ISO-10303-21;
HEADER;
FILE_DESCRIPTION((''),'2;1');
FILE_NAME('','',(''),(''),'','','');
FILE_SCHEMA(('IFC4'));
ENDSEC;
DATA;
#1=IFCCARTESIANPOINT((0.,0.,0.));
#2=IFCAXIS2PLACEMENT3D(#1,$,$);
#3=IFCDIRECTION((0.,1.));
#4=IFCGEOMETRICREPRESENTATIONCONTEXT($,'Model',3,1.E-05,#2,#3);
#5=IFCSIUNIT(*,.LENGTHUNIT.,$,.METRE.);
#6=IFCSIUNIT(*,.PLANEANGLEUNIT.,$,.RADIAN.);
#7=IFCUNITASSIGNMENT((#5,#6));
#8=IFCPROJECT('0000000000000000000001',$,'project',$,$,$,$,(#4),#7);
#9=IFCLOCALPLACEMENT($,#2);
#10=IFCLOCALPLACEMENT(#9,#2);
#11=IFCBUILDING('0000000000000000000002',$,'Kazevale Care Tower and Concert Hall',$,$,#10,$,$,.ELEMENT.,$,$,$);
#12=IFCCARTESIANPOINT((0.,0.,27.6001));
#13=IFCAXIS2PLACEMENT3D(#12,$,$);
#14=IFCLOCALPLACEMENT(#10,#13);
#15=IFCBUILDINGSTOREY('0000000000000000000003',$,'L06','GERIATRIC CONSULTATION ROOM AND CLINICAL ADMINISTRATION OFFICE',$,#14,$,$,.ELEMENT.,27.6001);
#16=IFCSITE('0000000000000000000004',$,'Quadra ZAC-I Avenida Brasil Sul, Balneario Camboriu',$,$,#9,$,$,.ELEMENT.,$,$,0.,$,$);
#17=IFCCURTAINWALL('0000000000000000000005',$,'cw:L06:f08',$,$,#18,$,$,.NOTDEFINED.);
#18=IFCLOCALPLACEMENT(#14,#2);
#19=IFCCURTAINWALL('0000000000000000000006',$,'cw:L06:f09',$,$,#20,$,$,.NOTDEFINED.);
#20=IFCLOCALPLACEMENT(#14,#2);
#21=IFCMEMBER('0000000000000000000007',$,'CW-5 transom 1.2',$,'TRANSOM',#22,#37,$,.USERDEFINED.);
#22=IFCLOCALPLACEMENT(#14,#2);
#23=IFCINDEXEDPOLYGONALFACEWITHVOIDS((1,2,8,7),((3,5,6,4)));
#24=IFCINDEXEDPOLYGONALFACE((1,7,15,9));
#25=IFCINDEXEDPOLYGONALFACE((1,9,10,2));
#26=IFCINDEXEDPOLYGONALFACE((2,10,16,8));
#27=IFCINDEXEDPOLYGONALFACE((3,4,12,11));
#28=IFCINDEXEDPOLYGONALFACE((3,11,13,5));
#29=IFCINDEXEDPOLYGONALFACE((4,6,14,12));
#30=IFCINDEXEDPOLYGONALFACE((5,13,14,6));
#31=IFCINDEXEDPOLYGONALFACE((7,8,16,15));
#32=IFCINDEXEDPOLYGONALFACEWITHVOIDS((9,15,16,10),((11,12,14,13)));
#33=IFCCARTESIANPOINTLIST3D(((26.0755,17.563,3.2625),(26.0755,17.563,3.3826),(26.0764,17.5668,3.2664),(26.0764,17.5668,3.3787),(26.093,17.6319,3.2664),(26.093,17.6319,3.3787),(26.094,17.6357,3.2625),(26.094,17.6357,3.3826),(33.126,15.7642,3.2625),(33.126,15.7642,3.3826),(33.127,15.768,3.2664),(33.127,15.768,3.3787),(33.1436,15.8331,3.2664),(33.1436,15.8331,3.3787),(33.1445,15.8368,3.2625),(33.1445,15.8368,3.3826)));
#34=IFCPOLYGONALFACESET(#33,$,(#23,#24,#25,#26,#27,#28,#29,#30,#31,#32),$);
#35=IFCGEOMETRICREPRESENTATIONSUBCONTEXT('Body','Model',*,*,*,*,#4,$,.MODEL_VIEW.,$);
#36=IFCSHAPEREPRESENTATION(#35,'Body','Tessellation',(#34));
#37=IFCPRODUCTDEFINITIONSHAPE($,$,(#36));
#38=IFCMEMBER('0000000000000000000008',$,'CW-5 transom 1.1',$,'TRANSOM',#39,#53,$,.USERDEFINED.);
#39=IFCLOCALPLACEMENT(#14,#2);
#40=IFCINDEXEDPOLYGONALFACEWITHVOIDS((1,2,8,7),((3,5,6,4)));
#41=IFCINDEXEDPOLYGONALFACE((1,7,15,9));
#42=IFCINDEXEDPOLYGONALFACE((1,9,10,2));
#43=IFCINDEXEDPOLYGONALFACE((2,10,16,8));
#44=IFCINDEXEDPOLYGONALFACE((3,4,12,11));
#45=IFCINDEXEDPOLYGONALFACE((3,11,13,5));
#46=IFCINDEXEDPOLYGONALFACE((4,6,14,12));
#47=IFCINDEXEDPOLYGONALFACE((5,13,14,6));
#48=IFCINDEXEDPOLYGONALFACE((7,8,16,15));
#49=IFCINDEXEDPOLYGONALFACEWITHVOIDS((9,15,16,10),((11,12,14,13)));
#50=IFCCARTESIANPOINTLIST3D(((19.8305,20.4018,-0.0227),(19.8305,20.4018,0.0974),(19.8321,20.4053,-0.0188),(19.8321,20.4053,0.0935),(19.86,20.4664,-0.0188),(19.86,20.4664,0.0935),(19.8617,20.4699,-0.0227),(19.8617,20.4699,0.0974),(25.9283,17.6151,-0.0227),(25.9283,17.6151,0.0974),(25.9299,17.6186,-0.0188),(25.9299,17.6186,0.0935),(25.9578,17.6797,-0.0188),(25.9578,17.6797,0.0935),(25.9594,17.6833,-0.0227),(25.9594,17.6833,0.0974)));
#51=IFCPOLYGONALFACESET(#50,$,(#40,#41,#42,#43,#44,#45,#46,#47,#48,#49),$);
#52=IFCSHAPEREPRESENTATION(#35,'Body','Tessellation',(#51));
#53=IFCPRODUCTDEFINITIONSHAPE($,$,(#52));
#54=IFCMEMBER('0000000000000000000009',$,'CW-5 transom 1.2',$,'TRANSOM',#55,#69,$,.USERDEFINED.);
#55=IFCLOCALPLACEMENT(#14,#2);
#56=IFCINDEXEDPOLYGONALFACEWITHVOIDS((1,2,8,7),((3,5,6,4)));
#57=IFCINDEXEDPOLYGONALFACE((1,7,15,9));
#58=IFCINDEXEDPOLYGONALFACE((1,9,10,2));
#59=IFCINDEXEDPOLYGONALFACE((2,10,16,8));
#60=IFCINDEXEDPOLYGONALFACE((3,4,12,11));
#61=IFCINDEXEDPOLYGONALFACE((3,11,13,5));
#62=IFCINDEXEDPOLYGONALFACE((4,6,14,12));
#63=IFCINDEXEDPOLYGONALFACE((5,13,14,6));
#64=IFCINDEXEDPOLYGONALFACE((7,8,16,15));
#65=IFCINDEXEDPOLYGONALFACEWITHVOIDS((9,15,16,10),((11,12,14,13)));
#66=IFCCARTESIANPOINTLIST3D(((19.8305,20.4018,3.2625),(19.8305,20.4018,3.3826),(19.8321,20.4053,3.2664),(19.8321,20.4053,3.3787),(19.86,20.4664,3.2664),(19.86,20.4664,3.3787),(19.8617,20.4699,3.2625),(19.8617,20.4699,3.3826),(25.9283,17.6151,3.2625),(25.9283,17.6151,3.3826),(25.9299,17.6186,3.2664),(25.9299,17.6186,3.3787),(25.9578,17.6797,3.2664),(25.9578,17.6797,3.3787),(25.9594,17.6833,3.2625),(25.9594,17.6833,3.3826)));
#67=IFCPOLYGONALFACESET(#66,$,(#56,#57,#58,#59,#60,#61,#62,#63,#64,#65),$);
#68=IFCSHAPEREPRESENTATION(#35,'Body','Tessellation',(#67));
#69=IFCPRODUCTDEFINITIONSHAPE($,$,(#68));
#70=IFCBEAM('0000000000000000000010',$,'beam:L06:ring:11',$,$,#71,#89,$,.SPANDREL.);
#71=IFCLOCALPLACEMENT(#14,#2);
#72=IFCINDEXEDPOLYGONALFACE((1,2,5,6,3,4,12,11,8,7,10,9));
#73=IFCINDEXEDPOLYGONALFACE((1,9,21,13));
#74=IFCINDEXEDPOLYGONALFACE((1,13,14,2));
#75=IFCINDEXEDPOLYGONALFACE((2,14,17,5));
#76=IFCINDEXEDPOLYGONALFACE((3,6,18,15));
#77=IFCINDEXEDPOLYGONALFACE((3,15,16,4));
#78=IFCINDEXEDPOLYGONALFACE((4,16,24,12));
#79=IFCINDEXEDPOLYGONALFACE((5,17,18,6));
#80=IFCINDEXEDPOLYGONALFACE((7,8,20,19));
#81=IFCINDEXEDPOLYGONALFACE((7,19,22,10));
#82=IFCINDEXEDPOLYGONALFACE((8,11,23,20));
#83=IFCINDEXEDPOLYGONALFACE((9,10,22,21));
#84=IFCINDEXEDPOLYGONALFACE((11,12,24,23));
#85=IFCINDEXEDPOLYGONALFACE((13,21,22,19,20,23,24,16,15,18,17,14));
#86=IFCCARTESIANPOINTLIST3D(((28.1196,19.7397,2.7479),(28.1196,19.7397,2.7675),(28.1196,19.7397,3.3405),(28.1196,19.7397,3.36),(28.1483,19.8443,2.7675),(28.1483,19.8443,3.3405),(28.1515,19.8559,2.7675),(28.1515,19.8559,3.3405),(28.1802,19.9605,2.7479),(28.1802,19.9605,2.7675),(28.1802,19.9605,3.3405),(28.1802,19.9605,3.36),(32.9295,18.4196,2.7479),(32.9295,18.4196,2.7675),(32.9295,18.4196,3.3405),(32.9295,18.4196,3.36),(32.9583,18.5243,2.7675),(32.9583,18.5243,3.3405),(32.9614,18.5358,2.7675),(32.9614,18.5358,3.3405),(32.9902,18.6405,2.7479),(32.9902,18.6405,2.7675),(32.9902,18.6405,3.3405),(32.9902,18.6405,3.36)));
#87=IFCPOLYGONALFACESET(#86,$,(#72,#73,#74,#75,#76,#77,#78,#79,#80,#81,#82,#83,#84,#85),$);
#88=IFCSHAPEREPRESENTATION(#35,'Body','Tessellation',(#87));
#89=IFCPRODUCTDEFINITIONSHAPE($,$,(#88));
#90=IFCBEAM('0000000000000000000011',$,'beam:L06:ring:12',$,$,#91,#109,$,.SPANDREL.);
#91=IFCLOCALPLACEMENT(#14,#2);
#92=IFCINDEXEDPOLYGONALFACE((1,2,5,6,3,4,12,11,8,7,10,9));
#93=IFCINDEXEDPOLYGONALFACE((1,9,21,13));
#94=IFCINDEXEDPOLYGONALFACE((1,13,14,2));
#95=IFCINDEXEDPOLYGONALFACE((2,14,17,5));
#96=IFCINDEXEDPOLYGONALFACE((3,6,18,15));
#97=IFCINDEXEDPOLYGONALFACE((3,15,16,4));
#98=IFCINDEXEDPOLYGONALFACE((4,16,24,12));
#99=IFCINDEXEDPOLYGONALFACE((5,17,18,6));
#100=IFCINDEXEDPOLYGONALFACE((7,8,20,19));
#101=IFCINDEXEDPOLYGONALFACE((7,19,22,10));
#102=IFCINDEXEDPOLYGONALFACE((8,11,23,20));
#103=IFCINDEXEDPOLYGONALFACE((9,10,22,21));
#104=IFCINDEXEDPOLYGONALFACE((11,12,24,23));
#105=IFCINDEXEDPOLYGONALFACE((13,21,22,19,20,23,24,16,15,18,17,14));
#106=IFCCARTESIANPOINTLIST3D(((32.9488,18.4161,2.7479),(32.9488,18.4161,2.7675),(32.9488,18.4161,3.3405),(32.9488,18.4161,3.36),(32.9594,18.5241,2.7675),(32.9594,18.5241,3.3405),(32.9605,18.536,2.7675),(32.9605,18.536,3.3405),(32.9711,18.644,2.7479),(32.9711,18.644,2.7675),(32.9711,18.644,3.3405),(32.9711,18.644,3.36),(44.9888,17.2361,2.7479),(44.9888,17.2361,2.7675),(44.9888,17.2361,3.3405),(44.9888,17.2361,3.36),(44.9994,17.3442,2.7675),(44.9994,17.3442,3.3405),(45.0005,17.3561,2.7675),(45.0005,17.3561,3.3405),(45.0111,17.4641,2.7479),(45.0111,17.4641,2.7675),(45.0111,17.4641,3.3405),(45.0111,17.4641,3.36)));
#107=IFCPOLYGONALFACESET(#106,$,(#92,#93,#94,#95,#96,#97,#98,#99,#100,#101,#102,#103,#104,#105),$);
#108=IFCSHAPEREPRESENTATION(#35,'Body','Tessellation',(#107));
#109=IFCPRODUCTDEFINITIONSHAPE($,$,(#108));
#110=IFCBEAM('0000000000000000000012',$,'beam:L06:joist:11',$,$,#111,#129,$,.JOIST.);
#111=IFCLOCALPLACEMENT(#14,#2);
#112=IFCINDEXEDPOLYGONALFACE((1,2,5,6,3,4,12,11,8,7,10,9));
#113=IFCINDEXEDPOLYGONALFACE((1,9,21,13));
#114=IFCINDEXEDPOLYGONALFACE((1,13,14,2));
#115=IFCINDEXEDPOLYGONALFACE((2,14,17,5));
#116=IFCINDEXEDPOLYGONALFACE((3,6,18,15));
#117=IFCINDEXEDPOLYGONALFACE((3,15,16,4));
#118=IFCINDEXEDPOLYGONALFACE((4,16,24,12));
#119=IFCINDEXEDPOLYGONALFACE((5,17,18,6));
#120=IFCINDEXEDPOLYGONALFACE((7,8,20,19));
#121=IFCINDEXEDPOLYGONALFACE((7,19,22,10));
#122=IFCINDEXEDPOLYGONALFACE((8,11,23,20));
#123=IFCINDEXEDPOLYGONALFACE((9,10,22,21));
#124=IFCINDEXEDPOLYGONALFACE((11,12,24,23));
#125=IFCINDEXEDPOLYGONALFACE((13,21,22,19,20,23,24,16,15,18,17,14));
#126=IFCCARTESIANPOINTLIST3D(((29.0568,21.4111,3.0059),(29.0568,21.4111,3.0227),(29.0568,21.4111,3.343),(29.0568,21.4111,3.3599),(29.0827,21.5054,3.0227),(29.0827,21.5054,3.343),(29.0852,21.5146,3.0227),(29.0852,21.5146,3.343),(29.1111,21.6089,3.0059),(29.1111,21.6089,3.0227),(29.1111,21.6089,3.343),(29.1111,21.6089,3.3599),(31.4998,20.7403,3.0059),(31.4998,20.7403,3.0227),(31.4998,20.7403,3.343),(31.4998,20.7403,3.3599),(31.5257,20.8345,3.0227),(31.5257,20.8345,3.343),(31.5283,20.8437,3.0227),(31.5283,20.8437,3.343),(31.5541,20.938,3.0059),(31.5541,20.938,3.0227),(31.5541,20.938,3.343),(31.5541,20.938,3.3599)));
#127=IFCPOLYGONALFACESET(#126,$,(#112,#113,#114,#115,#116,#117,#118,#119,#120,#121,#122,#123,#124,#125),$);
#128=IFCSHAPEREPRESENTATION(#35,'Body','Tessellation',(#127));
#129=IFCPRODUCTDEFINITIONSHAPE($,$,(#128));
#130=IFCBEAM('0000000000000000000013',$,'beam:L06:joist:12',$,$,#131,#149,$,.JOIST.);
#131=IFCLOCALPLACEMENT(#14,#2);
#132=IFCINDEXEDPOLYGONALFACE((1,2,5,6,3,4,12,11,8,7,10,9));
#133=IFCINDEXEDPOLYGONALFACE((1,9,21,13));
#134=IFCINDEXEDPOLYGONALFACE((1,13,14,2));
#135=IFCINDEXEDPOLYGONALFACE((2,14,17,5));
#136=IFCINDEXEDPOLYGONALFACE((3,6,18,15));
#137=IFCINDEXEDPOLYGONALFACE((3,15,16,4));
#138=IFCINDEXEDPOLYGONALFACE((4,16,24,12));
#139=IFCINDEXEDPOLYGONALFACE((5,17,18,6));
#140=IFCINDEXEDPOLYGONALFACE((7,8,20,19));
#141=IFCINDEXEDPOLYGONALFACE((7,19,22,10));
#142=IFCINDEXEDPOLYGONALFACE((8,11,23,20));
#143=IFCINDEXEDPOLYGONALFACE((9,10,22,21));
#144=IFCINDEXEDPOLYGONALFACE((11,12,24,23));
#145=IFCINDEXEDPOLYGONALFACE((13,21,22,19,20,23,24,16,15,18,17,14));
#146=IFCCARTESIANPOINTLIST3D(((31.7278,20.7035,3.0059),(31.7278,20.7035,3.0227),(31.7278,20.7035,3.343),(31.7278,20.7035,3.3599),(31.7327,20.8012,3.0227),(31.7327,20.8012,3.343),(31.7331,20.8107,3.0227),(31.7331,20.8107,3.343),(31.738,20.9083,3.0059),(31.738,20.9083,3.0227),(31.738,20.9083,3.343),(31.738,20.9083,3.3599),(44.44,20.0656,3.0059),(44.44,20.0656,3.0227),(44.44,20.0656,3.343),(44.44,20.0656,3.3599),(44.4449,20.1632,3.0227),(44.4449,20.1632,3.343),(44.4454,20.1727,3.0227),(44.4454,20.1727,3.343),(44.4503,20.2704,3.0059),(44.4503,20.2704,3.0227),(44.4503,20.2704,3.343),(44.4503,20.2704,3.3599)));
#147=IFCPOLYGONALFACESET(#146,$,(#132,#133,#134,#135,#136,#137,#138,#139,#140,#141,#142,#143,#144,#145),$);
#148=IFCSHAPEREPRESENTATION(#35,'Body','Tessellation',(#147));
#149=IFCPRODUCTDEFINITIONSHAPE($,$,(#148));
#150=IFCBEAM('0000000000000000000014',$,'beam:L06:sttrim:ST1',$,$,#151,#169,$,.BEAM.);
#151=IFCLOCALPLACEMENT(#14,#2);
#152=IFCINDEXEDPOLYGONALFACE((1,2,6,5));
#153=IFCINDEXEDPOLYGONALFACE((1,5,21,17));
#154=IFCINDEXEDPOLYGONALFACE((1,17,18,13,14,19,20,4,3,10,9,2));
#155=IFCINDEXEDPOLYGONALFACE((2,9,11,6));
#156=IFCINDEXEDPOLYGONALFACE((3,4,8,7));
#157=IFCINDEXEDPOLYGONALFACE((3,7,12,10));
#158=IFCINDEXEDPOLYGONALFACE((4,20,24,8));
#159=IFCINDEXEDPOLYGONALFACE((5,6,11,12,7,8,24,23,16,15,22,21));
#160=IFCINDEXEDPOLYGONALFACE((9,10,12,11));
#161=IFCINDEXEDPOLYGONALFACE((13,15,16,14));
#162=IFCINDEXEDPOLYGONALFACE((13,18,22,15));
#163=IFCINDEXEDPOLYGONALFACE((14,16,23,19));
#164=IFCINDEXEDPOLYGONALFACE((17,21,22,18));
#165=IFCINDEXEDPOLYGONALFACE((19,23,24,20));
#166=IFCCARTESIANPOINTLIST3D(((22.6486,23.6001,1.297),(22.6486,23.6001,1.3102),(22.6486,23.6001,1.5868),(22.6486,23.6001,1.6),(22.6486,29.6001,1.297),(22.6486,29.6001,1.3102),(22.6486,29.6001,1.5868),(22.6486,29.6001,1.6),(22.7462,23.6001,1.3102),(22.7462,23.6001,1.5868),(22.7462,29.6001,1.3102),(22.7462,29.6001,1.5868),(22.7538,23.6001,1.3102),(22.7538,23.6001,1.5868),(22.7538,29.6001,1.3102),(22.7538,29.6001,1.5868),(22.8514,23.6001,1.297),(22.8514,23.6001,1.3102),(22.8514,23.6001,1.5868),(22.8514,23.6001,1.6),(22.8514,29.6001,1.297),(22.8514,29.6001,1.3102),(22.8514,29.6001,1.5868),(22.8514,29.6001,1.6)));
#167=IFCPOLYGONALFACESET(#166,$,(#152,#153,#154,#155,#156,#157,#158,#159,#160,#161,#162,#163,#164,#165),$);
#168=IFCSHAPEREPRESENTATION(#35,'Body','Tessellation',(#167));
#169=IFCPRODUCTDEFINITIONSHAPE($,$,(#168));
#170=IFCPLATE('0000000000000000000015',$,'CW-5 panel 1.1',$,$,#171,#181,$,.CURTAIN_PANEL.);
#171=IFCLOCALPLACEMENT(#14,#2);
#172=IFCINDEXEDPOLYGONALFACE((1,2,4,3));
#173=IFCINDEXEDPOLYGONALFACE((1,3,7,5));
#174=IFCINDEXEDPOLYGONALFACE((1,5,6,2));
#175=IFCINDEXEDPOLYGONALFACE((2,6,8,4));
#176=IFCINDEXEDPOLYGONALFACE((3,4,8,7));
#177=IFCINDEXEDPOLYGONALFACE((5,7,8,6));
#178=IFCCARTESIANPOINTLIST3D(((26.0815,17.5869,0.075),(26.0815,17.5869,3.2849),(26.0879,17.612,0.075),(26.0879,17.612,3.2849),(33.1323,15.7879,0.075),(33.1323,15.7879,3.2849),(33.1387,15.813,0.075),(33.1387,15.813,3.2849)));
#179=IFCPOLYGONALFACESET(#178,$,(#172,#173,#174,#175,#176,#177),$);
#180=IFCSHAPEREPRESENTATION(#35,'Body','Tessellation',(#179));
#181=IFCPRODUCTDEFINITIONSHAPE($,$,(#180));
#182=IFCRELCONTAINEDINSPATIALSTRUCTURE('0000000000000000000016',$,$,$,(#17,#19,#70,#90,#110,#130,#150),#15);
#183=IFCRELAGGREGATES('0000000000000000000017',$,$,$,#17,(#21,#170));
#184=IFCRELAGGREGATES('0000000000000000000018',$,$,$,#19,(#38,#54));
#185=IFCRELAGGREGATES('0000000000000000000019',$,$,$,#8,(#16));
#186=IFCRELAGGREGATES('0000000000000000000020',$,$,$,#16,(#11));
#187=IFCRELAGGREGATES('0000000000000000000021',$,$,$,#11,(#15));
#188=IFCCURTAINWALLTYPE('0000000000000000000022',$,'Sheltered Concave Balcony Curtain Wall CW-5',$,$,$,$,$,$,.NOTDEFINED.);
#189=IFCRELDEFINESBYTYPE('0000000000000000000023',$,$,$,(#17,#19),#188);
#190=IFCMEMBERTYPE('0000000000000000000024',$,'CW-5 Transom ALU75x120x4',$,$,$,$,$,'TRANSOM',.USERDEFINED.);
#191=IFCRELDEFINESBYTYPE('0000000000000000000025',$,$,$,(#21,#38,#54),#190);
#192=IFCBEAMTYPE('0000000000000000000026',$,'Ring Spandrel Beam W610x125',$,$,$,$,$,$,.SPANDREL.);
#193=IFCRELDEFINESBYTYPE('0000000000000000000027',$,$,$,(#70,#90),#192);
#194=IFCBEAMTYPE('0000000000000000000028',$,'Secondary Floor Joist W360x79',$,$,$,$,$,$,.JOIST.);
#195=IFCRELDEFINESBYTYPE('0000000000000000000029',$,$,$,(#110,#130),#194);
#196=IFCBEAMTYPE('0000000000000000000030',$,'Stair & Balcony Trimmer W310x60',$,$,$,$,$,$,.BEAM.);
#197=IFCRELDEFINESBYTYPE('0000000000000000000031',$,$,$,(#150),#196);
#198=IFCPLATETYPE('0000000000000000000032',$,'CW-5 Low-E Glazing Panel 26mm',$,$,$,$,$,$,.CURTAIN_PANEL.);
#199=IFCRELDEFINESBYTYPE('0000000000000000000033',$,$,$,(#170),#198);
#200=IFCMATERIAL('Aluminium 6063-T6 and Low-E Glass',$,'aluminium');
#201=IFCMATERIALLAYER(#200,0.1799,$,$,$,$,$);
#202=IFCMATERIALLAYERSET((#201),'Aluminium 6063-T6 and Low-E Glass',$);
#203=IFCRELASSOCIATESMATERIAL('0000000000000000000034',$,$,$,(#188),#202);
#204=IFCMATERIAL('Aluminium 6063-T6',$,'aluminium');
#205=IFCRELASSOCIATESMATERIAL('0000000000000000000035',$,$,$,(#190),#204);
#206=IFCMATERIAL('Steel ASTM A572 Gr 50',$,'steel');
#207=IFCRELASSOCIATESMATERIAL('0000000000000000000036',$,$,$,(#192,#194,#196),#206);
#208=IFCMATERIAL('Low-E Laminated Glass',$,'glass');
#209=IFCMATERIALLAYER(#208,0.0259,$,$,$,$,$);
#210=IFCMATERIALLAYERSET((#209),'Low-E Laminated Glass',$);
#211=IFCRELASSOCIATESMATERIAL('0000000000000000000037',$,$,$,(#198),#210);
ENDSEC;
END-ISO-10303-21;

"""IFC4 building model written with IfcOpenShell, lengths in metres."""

from ifc_helpers import new_model, si_unit, direction, frame, origin, origin_2d, place, context, subcontext, project, spatial, rectangle, hollow_rectangle, i_section, extrude, material, layer, layer_set, material_profile, profile_set, type_object, element, aggregate, save


model = new_model("IFC4")

# Units and contexts
model_context = context("Model", 3, precision=1e-05, world=origin(), true_north=direction((0.0, 1.0)))
body_context = subcontext(model_context, "Body", "Model", "MODEL_VIEW")
ifc_project = project(units=[si_unit("LENGTHUNIT", "METRE"), si_unit("PLANEANGLEUNIT", "RADIAN")], contexts=[model_context])

# Site, building, storey
site_placement = place(None, origin())
site = spatial("IfcSite", under=ifc_project, at=site_placement, Name="Quadra ZAC-I Avenida Brasil Sul, Balneario Camboriu", CompositionType="ELEMENT", RefElevation=0.0)
building_placement = place(site_placement, origin())
building = spatial("IfcBuilding", under=site, at=building_placement, Name="Kazevale Care Tower and Concert Hall", CompositionType="ELEMENT")
storey_placement = place(building_placement, frame((0.0, 0.0, 27.6001)))
storey = spatial("IfcBuildingStorey", under=building, at=storey_placement, Name="L06", Description="GERIATRIC CONSULTATION ROOM AND CLINICAL ADMINISTRATION OFFICE", CompositionType="ELEMENT", Elevation=27.6001)

# Shared definitions
ifc_material_1 = material(Name="Aluminium 6063-T6 and Low-E Glass", Category="aluminium")
ifc_layer_1 = layer(ifc_material_1, 0.1799)
ifc_layer_set_1 = layer_set([ifc_layer_1], Name="Aluminium 6063-T6 and Low-E Glass")
curtain_wall_type = type_object("IfcCurtainWallType", Name="Sheltered Concave Balcony Curtain Wall CW-5", PredefinedType="NOTDEFINED", material=ifc_layer_set_1)
ifc_material_2 = material(Name="Aluminium 6063-T6", Category="aluminium")

# Curtain wall
curtain_wall_1_placement = place(storey_placement, origin())
curtain_wall_1 = element("IfcCurtainWall", 1, at=curtain_wall_1_placement, inside=storey, type_object=curtain_wall_type, Name="cw:L06:f08", PredefinedType="NOTDEFINED")

# Curtain wall
curtain_wall_2_placement = place(storey_placement, origin())
curtain_wall_2 = element("IfcCurtainWall", 2, at=curtain_wall_2_placement, inside=storey, type_object=curtain_wall_type, Name="cw:L06:f09", PredefinedType="NOTDEFINED")

# Members
ifc_material_profile_1 = material_profile(ifc_material_2, hollow_rectangle(XDim=0.075, YDim=0.1201, WallThickness=0.0039, at=origin_2d()), Name="ALU75x120x4")
ifc_profile_set_1 = profile_set([ifc_material_profile_1], Name="Aluminium 6063-T6")
member_type_1 = type_object("IfcMemberType", Name="CW-5 Transom ALU75x120x4", ElementType="TRANSOM", PredefinedType="USERDEFINED", material=ifc_profile_set_1)
member_1_placement = place(storey_placement, frame((33.1353, 15.8005, 3.3225), z_axis=(-0.968961, 0.247214, 0.0), x_axis=(-0.247214, -0.968961, 0.0)))
member_1 = element("IfcMember", 3, at=member_1_placement, type_object=member_type_1, Name="CW-5 transom 1.2", ObjectType="TRANSOM", PredefinedType="USERDEFINED", context=body_context, shape_type="SweptSolid", body=[
    extrude(hollow_rectangle(XDim=0.075, YDim=0.1201, WallThickness=0.0039, at=origin_2d()), origin(), (0.0, 0.0, 1.0), 7.2764),
])
member_2_placement = place(storey_placement, frame((25.9438, 17.6492, 0.0374), z_axis=(-0.909524, 0.415651, 0.0), x_axis=(-0.415651, -0.909524, 0.0)))
member_2 = element("IfcMember", 4, at=member_2_placement, type_object=member_type_1, Name="CW-5 transom 1.1", ObjectType="TRANSOM", PredefinedType="USERDEFINED", context=body_context, shape_type="SweptSolid", body=[
    extrude(hollow_rectangle(XDim=0.075, YDim=0.1201, WallThickness=0.0039, at=origin_2d()), origin(), (0.0, 0.0, 1.0), 6.7043),
])
member_3_placement = place(storey_placement, frame((25.9438, 17.6492, 3.3225), z_axis=(-0.909524, 0.415651, 0.0), x_axis=(-0.415651, -0.909524, 0.0)))
member_3 = element("IfcMember", 5, at=member_3_placement, type_object=member_type_1, Name="CW-5 transom 1.2", ObjectType="TRANSOM", PredefinedType="USERDEFINED", context=body_context, shape_type="SweptSolid", body=[
    extrude(hollow_rectangle(XDim=0.075, YDim=0.1201, WallThickness=0.0039, at=origin_2d()), origin(), (0.0, 0.0, 1.0), 6.7043),
])

# Beams
ifc_material_3 = material(Name="Steel ASTM A572 Gr 50", Category="steel")
ifc_material_profile_2 = material_profile(ifc_material_3, i_section(OverallWidth=0.229, OverallDepth=0.6121, WebThickness=0.012, FlangeThickness=0.0195, at=origin_2d()), Name="W610x125")
ifc_profile_set_2 = profile_set([ifc_material_profile_2], Name="Steel ASTM A572 Gr 50")
beam_type_1 = type_object("IfcBeamType", Name="Ring Spandrel Beam W610x125", PredefinedType="SPANDREL", material=ifc_profile_set_2)
beam_1_placement = place(storey_placement, frame((28.1499, 19.8501, 3.054), z_axis=(0.964344, -0.264654, 0.0), x_axis=(0.264654, 0.964344, 0.0)))
element("IfcBeam", 6, at=beam_1_placement, inside=storey, type_object=beam_type_1, Name="beam:L06:ring:11", PredefinedType="SPANDREL", context=body_context, shape_type="SweptSolid", body=[
    extrude(i_section(OverallWidth=0.229, OverallDepth=0.6121, WebThickness=0.012, FlangeThickness=0.0195, at=origin_2d()), origin(), (0.0, 0.0, 1.0), 4.9878),
])
beam_2_placement = place(storey_placement, frame((32.96, 18.53, 3.054), z_axis=(0.995232, -0.097533, 0.0), x_axis=(0.097533, 0.995232, 0.0)))
element("IfcBeam", 7, at=beam_2_placement, inside=storey, type_object=beam_type_1, Name="beam:L06:ring:12", PredefinedType="SPANDREL", context=body_context, shape_type="SweptSolid", body=[
    extrude(i_section(OverallWidth=0.229, OverallDepth=0.6121, WebThickness=0.012, FlangeThickness=0.0195, at=origin_2d()), origin(), (0.0, 0.0, 1.0), 12.0977),
])
ifc_material_profile_3 = material_profile(ifc_material_3, i_section(OverallWidth=0.2051, OverallDepth=0.354, WebThickness=0.0095, FlangeThickness=0.0168, at=origin_2d()), Name="W360x79")
ifc_profile_set_3 = profile_set([ifc_material_profile_3], Name="Steel ASTM A572 Gr 50")
beam_type_2 = type_object("IfcBeamType", Name="Secondary Floor Joist W360x79", PredefinedType="JOIST", material=ifc_profile_set_3)
beam_3_placement = place(storey_placement, frame((29.084, 21.51, 3.1829), z_axis=(0.964302, -0.264805, 0.0), x_axis=(0.264805, 0.964302, 0.0)))
element("IfcBeam", 8, at=beam_3_placement, inside=storey, type_object=beam_type_2, Name="beam:L06:joist:11", PredefinedType="JOIST", context=body_context, shape_type="SweptSolid", body=[
    extrude(i_section(OverallWidth=0.2051, OverallDepth=0.354, WebThickness=0.0095, FlangeThickness=0.0168, at=origin_2d()), origin(), (0.0, 0.0, 1.0), 2.5334),
])
beam_4_placement = place(storey_placement, frame((31.7329, 20.8059, 3.1829), z_axis=(0.998743, -0.05012, 0.0), x_axis=(0.05012, 0.998743, 0.0)))
element("IfcBeam", 9, at=beam_4_placement, inside=storey, type_object=beam_type_2, Name="beam:L06:joist:12", PredefinedType="JOIST", context=body_context, shape_type="SweptSolid", body=[
    extrude(i_section(OverallWidth=0.2051, OverallDepth=0.354, WebThickness=0.0095, FlangeThickness=0.0168, at=origin_2d()), origin(), (0.0, 0.0, 1.0), 12.7283),
])
ifc_material_profile_4 = material_profile(ifc_material_3, i_section(OverallWidth=0.2029, OverallDepth=0.303, WebThickness=0.0076, FlangeThickness=0.0132, at=origin_2d()), Name="W310x60")
ifc_profile_set_4 = profile_set([ifc_material_profile_4], Name="Steel ASTM A572 Gr 50")
beam_type_3 = type_object("IfcBeamType", Name="Stair & Balcony Trimmer W310x60", PredefinedType="BEAM", material=ifc_profile_set_4)
beam_5_placement = place(storey_placement, frame((22.75, 23.6001, 1.4485), z_axis=(0.0, 1.0, 0.0), x_axis=(-1.0, 0.0, 0.0)))
element("IfcBeam", 10, at=beam_5_placement, inside=storey, type_object=beam_type_3, Name="beam:L06:sttrim:ST1", PredefinedType="BEAM", context=body_context, shape_type="SweptSolid", body=[
    extrude(i_section(OverallWidth=0.2029, OverallDepth=0.303, WebThickness=0.0076, FlangeThickness=0.0132, at=origin_2d()), origin(), (0.0, 0.0, 1.0), 6.0),
])

# Plate
ifc_material_4 = material(Name="Low-E Laminated Glass", Category="glass")
ifc_layer_2 = layer(ifc_material_4, 0.0259)
ifc_layer_set_2 = layer_set([ifc_layer_2], Name="Low-E Laminated Glass")
plate_type = type_object("IfcPlateType", Name="CW-5 Low-E Glazing Panel 26mm", PredefinedType="CURTAIN_PANEL", material=ifc_layer_set_2)
plate_1_placement = place(storey_placement, frame((29.6101, 16.7, 0.075), z_axis=(0.0, 0.0, 1.0), x_axis=(-0.968959, 0.247222, 0.0)))
plate_1 = element("IfcPlate", 11, at=plate_1_placement, type_object=plate_type, Name="CW-5 panel 1.1", PredefinedType="CURTAIN_PANEL", context=body_context, shape_type="SweptSolid", body=[
    extrude(rectangle(XDim=7.2766, YDim=0.0259, at=origin_2d()), origin(), (0.0, 0.0, 1.0), 3.21),
])
aggregate(curtain_wall_1, [member_1, plate_1])
aggregate(curtain_wall_2, [member_2, member_3])

save(model, "model.ifc")
